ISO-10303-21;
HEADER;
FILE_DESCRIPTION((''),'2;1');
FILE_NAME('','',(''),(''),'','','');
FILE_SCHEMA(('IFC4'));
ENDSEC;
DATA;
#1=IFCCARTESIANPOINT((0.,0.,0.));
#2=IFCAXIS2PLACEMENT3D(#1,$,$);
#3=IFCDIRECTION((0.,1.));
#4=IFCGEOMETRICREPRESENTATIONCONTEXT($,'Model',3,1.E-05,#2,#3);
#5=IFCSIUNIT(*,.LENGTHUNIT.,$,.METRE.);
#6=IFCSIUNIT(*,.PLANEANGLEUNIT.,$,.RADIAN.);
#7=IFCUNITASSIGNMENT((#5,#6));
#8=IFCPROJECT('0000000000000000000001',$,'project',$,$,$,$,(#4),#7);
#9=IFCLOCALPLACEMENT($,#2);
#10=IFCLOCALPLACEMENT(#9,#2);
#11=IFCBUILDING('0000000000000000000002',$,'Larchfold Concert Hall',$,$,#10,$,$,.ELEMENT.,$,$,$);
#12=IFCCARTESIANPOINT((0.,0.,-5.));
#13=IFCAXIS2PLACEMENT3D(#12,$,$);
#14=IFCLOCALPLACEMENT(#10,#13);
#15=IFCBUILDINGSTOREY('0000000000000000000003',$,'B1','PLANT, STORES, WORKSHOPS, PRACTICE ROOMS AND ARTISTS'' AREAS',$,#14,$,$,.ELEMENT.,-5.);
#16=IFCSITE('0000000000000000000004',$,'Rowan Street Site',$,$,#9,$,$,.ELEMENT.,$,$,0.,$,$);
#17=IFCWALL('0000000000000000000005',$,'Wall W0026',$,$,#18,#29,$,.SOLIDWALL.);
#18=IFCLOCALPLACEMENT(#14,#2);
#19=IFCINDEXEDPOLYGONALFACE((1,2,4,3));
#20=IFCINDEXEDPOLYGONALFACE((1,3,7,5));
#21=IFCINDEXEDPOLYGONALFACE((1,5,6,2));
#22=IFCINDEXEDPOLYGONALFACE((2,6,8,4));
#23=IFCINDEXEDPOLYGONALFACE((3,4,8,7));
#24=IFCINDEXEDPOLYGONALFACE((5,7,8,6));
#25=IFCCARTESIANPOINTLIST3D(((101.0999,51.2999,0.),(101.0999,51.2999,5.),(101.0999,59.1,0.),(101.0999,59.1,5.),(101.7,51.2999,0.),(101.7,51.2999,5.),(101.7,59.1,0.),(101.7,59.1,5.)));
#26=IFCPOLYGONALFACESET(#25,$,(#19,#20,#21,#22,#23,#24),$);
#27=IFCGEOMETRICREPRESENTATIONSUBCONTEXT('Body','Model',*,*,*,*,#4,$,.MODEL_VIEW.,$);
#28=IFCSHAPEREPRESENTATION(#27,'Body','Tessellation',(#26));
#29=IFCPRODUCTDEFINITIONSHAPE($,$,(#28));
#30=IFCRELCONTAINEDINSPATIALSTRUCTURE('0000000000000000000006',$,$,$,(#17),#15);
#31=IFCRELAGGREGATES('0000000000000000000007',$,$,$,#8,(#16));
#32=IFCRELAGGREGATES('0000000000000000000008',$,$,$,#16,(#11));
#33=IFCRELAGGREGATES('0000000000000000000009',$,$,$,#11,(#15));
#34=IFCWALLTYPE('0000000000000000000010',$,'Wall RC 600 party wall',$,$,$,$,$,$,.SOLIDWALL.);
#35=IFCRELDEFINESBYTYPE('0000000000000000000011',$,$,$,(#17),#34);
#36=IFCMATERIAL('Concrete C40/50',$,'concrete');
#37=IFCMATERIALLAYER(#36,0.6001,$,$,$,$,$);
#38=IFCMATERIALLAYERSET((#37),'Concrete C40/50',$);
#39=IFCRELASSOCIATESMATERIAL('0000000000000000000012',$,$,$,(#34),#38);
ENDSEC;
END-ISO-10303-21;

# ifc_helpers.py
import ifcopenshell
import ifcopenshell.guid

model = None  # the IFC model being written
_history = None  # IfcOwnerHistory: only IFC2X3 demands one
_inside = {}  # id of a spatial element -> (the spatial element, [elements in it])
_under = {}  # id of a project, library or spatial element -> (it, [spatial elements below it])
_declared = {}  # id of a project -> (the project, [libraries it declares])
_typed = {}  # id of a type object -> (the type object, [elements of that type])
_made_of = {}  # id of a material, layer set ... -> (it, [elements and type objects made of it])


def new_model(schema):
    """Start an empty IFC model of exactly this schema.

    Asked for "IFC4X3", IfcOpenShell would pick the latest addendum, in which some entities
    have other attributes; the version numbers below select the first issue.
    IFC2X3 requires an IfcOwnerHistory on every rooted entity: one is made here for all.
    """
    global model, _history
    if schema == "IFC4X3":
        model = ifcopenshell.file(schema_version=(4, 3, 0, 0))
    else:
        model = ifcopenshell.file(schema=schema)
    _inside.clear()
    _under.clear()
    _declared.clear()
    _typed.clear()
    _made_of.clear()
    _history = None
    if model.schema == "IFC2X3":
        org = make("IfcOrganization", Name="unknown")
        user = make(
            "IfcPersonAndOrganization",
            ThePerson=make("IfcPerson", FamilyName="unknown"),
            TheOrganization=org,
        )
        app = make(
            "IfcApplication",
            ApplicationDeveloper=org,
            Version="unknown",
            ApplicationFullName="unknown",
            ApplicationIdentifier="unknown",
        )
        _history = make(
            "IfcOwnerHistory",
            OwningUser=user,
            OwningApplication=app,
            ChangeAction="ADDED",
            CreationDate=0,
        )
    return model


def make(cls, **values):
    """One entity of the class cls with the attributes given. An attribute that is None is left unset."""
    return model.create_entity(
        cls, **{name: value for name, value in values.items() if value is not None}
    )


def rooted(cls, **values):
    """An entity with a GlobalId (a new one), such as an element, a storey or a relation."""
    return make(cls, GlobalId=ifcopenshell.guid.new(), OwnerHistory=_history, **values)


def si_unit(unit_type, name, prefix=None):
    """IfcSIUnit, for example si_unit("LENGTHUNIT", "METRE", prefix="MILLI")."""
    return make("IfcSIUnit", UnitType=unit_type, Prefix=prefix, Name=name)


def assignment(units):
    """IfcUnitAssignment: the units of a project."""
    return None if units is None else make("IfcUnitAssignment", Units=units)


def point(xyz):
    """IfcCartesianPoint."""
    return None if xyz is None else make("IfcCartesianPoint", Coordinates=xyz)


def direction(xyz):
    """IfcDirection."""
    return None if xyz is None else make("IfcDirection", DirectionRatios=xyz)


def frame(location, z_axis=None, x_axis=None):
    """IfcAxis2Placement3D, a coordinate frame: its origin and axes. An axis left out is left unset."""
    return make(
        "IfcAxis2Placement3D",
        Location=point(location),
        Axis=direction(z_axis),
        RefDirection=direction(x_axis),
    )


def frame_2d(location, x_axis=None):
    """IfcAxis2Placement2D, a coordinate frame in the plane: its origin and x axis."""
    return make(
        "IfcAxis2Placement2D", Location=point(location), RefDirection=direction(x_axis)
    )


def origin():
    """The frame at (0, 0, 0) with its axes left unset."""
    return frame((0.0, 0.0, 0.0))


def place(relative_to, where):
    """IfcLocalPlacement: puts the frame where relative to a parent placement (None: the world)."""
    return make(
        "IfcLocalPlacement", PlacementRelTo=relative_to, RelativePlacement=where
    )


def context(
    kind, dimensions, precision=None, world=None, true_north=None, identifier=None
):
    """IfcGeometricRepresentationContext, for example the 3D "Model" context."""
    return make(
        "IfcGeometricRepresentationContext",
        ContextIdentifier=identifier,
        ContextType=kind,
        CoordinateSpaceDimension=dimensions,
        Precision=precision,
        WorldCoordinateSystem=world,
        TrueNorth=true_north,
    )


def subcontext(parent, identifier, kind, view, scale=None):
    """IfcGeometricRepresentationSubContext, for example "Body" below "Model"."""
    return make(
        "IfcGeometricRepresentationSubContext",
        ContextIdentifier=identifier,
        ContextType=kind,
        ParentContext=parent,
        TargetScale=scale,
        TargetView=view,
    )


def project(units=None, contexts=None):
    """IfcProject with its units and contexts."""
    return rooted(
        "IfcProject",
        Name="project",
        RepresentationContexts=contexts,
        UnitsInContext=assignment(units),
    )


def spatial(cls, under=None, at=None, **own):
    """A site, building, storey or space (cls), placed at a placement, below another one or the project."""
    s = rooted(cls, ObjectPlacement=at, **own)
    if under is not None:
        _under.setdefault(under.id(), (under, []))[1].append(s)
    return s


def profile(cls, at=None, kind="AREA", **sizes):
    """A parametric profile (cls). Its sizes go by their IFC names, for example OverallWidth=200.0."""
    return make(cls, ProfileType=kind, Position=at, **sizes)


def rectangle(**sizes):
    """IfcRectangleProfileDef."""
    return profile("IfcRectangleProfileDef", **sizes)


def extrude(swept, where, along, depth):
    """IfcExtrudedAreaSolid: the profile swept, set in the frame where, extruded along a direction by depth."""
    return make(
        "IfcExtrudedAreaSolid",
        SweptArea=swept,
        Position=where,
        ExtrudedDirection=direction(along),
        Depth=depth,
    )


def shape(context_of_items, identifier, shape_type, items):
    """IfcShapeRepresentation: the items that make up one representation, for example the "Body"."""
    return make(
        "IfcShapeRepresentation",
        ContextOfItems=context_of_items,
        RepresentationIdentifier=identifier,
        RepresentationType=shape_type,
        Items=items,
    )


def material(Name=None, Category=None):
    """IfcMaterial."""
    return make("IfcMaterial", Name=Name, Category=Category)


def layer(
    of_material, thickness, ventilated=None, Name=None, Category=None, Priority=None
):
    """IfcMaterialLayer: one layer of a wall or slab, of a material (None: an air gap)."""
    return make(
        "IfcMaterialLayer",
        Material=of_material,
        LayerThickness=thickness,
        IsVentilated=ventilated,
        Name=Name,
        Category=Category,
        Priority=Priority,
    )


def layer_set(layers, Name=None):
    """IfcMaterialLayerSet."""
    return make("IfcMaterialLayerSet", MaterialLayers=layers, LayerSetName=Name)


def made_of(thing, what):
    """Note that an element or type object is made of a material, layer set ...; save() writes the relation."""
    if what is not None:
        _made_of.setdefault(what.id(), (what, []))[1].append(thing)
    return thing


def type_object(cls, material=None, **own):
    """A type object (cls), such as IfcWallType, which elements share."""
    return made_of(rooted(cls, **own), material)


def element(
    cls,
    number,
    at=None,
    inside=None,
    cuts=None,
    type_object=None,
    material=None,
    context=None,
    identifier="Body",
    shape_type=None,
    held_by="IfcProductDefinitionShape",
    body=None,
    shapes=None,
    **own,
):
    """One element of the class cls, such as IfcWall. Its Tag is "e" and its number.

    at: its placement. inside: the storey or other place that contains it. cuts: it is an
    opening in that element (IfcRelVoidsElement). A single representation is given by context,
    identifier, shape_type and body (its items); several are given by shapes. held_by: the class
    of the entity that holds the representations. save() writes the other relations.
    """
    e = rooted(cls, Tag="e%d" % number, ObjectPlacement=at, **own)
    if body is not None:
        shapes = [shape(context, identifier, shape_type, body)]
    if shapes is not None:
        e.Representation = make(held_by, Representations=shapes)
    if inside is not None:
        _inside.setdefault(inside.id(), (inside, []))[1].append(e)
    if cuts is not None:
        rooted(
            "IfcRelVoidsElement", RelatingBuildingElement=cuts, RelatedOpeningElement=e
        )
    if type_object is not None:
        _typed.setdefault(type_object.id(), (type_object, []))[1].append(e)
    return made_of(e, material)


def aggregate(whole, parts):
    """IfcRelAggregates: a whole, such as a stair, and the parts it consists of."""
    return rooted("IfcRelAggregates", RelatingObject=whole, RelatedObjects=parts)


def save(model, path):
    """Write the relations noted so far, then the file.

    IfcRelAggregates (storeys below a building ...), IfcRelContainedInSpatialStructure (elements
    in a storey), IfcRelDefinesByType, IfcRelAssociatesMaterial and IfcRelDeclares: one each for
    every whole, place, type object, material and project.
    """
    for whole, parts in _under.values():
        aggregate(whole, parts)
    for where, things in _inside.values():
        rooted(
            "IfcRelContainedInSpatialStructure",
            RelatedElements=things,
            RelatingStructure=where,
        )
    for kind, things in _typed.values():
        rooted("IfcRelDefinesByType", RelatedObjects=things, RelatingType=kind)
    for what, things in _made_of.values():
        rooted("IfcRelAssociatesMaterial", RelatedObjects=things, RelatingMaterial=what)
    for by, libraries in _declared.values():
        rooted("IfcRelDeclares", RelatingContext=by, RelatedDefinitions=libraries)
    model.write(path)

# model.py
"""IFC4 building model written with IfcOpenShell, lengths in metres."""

from ifc_helpers import new_model, si_unit, direction, frame, frame_2d, origin, place, context, subcontext, project, spatial, rectangle, extrude, material, layer, layer_set, type_object, element, save


model = new_model("IFC4")

# Units and contexts
model_context = context("Model", 3, precision=1e-05, world=origin(), true_north=direction((0.0, 1.0)))
body_context = subcontext(model_context, "Body", "Model", "MODEL_VIEW")
ifc_project = project(units=[si_unit("LENGTHUNIT", "METRE"), si_unit("PLANEANGLEUNIT", "RADIAN")], contexts=[model_context])

# Site, building, storey
site_placement = place(None, origin())
site = spatial("IfcSite", under=ifc_project, at=site_placement, Name="Rowan Street Site", CompositionType="ELEMENT", RefElevation=0.0)
building_placement = place(site_placement, origin())
building = spatial("IfcBuilding", under=site, at=building_placement, Name="Larchfold Concert Hall", CompositionType="ELEMENT")
storey_placement = place(building_placement, frame((0.0, 0.0, -5.0)))
storey = spatial("IfcBuildingStorey", under=building, at=storey_placement, Name="B1", Description="PLANT, STORES, WORKSHOPS, PRACTICE ROOMS AND ARTISTS' AREAS", CompositionType="ELEMENT", Elevation=-5.0)

# Wall
ifc_material_1 = material(Name="Concrete C40/50", Category="concrete")
ifc_layer_1 = layer(ifc_material_1, 0.6001)
ifc_layer_set_1 = layer_set([ifc_layer_1], Name="Concrete C40/50")
wall_type_1 = type_object("IfcWallType", Name="Wall RC 600 party wall", PredefinedType="SOLIDWALL", material=ifc_layer_set_1)
for number, where, z_axis, x_axis, name in (
    (1, (101.3999, 51.3, 0.0), (0.0, 0.0, 1.0), (0.0, 1.0, 0.0), "Wall W0026"),
):
    element("IfcWall", number, at=place(storey_placement, frame(where, z_axis=z_axis, x_axis=x_axis)), inside=storey, type_object=wall_type_1, Name=name, PredefinedType="SOLIDWALL", context=body_context, shape_type="SweptSolid", body=[
        extrude(rectangle(XDim=7.8, YDim=0.6001, at=frame_2d((3.8999, 0.0))), origin(), (0.0, 0.0, 1.0), 5.0),
    ])

save(model, "model.ifc")
